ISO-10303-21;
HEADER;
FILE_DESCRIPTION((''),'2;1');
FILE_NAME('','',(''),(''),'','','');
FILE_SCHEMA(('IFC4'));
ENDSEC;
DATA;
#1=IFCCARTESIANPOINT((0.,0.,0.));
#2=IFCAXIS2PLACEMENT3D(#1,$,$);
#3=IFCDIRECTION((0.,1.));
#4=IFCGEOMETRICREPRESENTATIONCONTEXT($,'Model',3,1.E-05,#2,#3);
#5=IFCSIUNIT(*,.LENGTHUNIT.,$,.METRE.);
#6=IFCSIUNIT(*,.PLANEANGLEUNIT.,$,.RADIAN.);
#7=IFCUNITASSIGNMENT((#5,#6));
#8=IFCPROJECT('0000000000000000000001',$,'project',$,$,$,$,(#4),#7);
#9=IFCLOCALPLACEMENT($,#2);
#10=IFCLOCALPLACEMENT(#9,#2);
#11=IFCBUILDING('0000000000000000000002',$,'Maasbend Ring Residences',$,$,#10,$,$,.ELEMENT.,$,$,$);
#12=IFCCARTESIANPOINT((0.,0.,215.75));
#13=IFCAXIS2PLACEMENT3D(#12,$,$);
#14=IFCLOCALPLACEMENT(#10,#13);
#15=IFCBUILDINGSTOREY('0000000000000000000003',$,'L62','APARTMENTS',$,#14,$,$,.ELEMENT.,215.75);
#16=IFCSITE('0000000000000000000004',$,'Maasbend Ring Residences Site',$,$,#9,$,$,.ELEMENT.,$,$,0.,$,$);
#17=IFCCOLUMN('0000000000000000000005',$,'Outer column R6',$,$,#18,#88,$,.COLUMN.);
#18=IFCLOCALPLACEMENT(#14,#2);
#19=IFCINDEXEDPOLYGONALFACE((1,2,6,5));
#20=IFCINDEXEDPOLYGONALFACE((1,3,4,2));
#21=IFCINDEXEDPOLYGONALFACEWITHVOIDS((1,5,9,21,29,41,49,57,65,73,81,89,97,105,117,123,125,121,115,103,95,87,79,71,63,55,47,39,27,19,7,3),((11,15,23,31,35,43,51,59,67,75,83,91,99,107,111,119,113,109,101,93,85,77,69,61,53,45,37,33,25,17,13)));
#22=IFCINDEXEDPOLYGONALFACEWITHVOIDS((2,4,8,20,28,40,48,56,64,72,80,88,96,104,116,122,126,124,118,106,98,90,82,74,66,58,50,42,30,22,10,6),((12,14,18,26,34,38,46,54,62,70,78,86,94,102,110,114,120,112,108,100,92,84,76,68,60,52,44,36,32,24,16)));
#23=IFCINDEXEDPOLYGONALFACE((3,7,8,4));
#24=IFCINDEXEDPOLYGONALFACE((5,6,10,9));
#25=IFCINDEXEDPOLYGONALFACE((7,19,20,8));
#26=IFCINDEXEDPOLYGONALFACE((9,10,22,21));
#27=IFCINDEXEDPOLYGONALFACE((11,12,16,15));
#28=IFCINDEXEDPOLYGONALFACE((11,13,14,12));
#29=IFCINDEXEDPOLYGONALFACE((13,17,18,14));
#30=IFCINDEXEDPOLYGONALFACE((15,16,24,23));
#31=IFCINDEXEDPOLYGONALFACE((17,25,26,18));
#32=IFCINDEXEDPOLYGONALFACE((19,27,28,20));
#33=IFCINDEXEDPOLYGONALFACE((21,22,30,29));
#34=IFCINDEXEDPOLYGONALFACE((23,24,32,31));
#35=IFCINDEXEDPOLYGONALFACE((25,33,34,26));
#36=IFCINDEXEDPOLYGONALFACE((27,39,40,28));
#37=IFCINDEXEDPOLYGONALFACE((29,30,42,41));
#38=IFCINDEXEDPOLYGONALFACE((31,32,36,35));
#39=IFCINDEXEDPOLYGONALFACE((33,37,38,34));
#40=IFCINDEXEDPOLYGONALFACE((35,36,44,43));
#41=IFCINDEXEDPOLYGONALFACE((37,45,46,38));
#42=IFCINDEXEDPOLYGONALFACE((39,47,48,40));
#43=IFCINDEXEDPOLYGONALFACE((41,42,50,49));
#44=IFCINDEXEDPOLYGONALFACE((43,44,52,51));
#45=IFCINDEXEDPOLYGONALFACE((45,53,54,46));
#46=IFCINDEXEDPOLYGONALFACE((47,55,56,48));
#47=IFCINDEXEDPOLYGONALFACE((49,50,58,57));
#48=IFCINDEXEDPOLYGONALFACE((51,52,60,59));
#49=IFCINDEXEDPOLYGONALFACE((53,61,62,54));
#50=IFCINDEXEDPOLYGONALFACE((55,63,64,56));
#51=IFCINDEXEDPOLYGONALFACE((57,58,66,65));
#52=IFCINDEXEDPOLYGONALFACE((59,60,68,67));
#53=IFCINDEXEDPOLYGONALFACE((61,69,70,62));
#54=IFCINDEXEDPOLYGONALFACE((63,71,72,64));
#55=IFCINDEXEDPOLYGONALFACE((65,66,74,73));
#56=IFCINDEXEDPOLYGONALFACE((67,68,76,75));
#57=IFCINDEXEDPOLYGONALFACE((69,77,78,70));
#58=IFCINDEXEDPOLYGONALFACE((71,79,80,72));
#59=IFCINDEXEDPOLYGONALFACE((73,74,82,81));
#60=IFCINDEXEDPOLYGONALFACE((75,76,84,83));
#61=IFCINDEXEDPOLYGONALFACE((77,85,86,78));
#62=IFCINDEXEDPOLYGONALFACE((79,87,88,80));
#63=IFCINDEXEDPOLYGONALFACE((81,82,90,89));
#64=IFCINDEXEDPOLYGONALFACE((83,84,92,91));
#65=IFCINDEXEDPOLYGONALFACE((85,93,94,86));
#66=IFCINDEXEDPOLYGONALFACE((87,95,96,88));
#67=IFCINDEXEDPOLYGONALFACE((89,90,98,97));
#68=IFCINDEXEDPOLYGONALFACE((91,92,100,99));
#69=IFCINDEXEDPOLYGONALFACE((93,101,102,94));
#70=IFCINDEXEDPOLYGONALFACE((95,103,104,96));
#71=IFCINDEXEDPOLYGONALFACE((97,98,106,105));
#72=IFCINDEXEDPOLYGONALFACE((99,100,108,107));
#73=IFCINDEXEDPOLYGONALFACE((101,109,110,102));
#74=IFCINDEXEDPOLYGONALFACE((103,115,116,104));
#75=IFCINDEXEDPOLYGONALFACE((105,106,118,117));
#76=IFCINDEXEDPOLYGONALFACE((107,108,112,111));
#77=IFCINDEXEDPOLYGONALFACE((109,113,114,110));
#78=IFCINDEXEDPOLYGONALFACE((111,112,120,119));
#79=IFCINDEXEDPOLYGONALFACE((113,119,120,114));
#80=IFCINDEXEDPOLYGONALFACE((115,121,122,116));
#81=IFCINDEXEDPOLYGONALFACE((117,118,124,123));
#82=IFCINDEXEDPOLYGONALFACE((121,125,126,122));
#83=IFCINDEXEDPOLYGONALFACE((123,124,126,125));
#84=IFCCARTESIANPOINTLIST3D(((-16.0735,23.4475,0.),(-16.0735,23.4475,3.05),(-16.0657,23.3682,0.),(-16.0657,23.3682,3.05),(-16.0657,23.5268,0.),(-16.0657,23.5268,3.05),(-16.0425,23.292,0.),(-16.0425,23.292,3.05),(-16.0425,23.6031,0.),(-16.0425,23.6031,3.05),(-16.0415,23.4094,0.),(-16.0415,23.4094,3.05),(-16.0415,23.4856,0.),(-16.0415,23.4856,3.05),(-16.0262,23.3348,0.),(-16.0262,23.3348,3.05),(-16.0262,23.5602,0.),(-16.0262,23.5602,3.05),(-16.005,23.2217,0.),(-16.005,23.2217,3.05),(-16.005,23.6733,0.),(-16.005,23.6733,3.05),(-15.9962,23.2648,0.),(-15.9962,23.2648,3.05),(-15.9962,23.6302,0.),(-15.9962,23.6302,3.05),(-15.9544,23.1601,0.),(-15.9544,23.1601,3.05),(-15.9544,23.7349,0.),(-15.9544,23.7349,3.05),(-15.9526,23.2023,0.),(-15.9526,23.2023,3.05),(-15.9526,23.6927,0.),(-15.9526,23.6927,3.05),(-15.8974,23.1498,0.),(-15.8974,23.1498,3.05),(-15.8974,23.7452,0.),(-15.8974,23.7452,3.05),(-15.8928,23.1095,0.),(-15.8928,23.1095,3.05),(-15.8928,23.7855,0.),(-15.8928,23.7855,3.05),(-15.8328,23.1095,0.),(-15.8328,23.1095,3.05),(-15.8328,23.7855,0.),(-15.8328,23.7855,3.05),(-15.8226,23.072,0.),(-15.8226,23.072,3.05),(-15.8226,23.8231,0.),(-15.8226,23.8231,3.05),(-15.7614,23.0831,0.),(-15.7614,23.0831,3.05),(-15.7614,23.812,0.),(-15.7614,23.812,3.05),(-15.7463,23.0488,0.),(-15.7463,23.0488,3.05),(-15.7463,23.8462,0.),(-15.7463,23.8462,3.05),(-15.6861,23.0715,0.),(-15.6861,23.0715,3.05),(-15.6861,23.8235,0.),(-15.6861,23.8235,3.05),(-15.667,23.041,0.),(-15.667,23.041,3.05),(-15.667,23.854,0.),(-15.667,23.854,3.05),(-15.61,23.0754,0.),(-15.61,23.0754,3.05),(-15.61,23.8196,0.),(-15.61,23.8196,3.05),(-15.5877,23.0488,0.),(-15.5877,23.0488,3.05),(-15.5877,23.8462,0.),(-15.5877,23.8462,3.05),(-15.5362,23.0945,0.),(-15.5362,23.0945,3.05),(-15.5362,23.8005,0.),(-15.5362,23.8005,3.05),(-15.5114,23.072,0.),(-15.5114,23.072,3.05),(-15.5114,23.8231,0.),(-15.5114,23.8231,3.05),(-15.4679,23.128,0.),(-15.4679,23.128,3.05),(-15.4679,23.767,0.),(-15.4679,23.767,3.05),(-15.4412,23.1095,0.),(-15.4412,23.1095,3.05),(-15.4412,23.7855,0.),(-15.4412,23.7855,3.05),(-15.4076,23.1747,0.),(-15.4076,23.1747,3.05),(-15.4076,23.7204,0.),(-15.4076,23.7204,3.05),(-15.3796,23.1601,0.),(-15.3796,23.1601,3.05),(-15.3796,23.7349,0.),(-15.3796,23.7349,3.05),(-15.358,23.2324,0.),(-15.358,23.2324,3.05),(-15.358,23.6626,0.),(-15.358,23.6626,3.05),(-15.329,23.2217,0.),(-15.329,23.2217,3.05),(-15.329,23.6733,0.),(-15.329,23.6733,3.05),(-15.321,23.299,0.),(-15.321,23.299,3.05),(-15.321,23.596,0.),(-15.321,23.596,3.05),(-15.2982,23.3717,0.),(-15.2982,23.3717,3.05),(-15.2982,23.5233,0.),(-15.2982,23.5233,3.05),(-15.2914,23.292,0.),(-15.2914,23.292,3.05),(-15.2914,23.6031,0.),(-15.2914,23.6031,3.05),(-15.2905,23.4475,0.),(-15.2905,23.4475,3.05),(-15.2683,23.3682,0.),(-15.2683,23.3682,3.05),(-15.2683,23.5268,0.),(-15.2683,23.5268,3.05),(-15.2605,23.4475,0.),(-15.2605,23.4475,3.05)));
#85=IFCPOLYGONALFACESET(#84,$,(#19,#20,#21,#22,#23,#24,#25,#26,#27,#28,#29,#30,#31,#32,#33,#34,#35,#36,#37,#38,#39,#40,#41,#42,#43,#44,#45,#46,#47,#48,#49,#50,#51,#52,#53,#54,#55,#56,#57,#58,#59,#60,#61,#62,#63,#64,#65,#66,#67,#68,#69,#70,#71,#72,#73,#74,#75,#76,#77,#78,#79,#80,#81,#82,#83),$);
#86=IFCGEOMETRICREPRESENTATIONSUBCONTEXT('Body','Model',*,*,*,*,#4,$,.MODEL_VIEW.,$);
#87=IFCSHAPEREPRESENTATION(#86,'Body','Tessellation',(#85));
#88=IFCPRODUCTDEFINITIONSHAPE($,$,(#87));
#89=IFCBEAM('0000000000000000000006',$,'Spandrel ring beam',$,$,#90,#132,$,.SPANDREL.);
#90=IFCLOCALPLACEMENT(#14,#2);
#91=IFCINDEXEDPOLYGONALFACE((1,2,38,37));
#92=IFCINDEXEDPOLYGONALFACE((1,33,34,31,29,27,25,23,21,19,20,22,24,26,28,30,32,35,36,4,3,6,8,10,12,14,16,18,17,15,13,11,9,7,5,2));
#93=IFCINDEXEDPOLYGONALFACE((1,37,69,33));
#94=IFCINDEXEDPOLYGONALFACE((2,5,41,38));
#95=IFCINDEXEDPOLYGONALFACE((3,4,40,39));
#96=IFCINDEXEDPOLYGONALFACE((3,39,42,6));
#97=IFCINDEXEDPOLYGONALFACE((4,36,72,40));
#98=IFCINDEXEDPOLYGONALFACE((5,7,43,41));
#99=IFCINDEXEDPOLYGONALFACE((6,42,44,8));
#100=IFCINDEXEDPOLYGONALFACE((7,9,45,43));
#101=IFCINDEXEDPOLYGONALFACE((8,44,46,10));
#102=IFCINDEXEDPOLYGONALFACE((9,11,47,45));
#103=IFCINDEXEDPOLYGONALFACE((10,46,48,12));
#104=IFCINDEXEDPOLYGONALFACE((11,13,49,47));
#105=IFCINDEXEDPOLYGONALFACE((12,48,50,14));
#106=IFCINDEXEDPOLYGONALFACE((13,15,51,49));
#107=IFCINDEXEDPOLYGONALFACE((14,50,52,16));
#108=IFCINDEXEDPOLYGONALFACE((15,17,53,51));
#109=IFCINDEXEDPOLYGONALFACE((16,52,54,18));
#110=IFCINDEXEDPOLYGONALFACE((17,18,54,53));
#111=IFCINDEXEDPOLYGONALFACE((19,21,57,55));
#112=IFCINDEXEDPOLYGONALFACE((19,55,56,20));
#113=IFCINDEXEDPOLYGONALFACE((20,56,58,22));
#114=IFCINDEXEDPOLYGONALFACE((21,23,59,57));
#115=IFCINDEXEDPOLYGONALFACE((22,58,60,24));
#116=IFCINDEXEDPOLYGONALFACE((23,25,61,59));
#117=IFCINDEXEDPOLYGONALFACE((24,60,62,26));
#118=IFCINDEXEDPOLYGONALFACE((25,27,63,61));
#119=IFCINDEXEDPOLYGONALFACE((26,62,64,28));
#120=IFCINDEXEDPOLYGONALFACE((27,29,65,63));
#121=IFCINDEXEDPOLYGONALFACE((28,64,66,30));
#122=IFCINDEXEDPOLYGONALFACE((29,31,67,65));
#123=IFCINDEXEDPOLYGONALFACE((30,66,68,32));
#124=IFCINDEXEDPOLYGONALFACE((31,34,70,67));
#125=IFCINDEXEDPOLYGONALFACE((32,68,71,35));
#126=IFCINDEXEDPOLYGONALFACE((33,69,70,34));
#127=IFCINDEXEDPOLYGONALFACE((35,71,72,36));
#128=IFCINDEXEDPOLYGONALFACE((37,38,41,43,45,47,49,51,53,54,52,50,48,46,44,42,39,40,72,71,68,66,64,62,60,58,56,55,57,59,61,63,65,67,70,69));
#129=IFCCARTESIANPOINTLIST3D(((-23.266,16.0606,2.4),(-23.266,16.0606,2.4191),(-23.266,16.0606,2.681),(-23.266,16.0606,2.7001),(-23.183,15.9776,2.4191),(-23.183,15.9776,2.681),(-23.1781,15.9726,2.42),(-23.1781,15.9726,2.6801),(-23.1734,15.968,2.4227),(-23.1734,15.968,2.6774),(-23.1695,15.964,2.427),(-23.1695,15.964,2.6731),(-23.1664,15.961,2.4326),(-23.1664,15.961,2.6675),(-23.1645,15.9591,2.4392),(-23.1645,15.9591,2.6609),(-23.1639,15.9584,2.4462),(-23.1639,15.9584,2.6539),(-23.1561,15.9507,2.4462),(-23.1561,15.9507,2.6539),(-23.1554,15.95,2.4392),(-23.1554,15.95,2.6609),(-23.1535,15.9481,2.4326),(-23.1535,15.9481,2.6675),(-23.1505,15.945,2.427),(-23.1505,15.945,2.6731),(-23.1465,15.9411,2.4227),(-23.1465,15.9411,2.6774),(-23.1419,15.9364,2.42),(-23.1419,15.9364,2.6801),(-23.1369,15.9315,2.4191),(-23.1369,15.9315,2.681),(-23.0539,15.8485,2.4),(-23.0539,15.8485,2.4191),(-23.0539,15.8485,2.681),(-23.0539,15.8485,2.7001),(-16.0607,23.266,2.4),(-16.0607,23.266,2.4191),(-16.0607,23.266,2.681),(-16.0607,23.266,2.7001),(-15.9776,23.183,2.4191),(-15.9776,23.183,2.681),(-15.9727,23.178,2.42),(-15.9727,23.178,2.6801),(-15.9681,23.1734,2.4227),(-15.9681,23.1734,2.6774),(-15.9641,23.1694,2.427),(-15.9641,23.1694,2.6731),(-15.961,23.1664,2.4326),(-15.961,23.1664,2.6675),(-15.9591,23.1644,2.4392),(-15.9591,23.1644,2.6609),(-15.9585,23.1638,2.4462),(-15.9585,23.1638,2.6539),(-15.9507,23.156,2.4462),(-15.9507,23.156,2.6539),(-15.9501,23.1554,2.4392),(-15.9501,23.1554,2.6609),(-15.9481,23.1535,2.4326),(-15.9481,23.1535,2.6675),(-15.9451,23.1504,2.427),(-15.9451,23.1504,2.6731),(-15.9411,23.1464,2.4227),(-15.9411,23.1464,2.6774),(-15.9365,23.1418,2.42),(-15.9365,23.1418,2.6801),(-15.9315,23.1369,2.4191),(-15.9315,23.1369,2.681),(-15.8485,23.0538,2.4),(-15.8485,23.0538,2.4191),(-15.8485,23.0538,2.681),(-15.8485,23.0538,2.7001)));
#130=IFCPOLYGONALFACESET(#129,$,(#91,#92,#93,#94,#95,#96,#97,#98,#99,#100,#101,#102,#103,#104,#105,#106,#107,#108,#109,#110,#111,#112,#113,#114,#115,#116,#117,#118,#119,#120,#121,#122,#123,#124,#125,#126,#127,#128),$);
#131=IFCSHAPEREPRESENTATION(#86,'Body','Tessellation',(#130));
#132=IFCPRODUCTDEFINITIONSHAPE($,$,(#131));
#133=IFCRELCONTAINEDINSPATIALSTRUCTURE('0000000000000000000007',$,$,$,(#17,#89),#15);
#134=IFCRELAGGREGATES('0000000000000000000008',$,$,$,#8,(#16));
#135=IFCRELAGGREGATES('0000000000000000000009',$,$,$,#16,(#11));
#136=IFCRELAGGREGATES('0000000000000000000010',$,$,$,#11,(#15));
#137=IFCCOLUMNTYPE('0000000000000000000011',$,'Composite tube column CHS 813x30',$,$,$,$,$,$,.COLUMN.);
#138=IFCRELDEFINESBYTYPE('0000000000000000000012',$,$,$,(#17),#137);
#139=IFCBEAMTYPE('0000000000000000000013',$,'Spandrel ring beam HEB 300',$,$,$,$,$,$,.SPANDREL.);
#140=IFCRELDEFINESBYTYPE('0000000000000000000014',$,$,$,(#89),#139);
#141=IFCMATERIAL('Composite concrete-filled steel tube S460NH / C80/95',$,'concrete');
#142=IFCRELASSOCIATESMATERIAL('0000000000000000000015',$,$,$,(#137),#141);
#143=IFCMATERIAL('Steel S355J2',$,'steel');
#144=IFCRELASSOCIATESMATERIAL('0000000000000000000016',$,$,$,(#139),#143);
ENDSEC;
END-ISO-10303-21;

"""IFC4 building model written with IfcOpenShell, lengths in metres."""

from ifc_helpers import new_model, si_unit, direction, frame, origin, origin_2d, place, context, subcontext, project, spatial, hollow_circle, i_section, extrude, material, material_profile, profile_set, type_object, element, save


model = new_model("IFC4")

# Units and contexts
model_context = context("Model", 3, precision=1e-05, world=origin(), true_north=direction((0.0, 1.0)))
body_context = subcontext(model_context, "Body", "Model", "MODEL_VIEW")
ifc_project = project(units=[si_unit("LENGTHUNIT", "METRE"), si_unit("PLANEANGLEUNIT", "RADIAN")], contexts=[model_context])

# Site, building, storey
site_placement = place(None, origin())
site = spatial("IfcSite", under=ifc_project, at=site_placement, Name="Maasbend Ring Residences Site", CompositionType="ELEMENT", RefElevation=0.0)
building_placement = place(site_placement, origin())
building = spatial("IfcBuilding", under=site, at=building_placement, Name="Maasbend Ring Residences", CompositionType="ELEMENT")
storey_placement = place(building_placement, frame((0.0, 0.0, 215.75)))
storey = spatial("IfcBuildingStorey", under=building, at=storey_placement, Name="L62", Description="APARTMENTS", CompositionType="ELEMENT", Elevation=215.75)

# Column
ifc_material_1 = material(Name="Composite concrete-filled steel tube S460NH / C80/95", Category="concrete")
ifc_material_profile_1 = material_profile(ifc_material_1, hollow_circle(Radius=0.4065, WallThickness=0.03, at=origin_2d()), Name="Composite tube column CHS 813x30")
ifc_profile_set_1 = profile_set([ifc_material_profile_1], Name="Composite concrete-filled steel tube S460NH / C80/95")
column_type = type_object("IfcColumnType", Name="Composite tube column CHS 813x30", PredefinedType="COLUMN", material=ifc_profile_set_1)
column_placement = place(storey_placement, frame((-15.667, 23.4475, 0.0), z_axis=(0.0, 0.0, 1.0), x_axis=(1.0, 0.0, 0.0)))
element("IfcColumn", 1, at=column_placement, inside=storey, type_object=column_type, Name="Outer column R6", PredefinedType="COLUMN", context=body_context, shape_type="SweptSolid", body=[
    extrude(hollow_circle(Radius=0.4065, WallThickness=0.03, at=origin_2d()), origin(), (0.0, 0.0, 1.0), 3.05),
])

# Beam
ifc_material_2 = material(Name="Steel S355J2", Category="steel")
ifc_material_profile_2 = material_profile(ifc_material_2, i_section(OverallWidth=0.3, OverallDepth=0.3, WebThickness=0.011, FlangeThickness=0.019, FilletRadius=0.0271, at=origin_2d()), Name="HEB 300")
ifc_profile_set_2 = profile_set([ifc_material_profile_2], Name="Steel S355J2")
beam_type = type_object("IfcBeamType", Name="Spandrel ring beam HEB 300", PredefinedType="SPANDREL", material=ifc_profile_set_2)
beam_placement = place(storey_placement, frame((-15.9546, 23.1599, 2.55), z_axis=(-0.707107, -0.707107, 0.0), x_axis=(0.707107, -0.707107, 0.0)))
element("IfcBeam", 2, at=beam_placement, inside=storey, type_object=beam_type, Name="Spandrel ring beam", PredefinedType="SPANDREL", context=body_context, shape_type="SweptSolid", body=[
    extrude(i_section(OverallWidth=0.3, OverallDepth=0.3, WebThickness=0.011, FlangeThickness=0.019, FilletRadius=0.0271, at=origin_2d()), origin(), (0.0, 0.0, 1.0), 10.1899),
])

save(model, "model.ifc")
